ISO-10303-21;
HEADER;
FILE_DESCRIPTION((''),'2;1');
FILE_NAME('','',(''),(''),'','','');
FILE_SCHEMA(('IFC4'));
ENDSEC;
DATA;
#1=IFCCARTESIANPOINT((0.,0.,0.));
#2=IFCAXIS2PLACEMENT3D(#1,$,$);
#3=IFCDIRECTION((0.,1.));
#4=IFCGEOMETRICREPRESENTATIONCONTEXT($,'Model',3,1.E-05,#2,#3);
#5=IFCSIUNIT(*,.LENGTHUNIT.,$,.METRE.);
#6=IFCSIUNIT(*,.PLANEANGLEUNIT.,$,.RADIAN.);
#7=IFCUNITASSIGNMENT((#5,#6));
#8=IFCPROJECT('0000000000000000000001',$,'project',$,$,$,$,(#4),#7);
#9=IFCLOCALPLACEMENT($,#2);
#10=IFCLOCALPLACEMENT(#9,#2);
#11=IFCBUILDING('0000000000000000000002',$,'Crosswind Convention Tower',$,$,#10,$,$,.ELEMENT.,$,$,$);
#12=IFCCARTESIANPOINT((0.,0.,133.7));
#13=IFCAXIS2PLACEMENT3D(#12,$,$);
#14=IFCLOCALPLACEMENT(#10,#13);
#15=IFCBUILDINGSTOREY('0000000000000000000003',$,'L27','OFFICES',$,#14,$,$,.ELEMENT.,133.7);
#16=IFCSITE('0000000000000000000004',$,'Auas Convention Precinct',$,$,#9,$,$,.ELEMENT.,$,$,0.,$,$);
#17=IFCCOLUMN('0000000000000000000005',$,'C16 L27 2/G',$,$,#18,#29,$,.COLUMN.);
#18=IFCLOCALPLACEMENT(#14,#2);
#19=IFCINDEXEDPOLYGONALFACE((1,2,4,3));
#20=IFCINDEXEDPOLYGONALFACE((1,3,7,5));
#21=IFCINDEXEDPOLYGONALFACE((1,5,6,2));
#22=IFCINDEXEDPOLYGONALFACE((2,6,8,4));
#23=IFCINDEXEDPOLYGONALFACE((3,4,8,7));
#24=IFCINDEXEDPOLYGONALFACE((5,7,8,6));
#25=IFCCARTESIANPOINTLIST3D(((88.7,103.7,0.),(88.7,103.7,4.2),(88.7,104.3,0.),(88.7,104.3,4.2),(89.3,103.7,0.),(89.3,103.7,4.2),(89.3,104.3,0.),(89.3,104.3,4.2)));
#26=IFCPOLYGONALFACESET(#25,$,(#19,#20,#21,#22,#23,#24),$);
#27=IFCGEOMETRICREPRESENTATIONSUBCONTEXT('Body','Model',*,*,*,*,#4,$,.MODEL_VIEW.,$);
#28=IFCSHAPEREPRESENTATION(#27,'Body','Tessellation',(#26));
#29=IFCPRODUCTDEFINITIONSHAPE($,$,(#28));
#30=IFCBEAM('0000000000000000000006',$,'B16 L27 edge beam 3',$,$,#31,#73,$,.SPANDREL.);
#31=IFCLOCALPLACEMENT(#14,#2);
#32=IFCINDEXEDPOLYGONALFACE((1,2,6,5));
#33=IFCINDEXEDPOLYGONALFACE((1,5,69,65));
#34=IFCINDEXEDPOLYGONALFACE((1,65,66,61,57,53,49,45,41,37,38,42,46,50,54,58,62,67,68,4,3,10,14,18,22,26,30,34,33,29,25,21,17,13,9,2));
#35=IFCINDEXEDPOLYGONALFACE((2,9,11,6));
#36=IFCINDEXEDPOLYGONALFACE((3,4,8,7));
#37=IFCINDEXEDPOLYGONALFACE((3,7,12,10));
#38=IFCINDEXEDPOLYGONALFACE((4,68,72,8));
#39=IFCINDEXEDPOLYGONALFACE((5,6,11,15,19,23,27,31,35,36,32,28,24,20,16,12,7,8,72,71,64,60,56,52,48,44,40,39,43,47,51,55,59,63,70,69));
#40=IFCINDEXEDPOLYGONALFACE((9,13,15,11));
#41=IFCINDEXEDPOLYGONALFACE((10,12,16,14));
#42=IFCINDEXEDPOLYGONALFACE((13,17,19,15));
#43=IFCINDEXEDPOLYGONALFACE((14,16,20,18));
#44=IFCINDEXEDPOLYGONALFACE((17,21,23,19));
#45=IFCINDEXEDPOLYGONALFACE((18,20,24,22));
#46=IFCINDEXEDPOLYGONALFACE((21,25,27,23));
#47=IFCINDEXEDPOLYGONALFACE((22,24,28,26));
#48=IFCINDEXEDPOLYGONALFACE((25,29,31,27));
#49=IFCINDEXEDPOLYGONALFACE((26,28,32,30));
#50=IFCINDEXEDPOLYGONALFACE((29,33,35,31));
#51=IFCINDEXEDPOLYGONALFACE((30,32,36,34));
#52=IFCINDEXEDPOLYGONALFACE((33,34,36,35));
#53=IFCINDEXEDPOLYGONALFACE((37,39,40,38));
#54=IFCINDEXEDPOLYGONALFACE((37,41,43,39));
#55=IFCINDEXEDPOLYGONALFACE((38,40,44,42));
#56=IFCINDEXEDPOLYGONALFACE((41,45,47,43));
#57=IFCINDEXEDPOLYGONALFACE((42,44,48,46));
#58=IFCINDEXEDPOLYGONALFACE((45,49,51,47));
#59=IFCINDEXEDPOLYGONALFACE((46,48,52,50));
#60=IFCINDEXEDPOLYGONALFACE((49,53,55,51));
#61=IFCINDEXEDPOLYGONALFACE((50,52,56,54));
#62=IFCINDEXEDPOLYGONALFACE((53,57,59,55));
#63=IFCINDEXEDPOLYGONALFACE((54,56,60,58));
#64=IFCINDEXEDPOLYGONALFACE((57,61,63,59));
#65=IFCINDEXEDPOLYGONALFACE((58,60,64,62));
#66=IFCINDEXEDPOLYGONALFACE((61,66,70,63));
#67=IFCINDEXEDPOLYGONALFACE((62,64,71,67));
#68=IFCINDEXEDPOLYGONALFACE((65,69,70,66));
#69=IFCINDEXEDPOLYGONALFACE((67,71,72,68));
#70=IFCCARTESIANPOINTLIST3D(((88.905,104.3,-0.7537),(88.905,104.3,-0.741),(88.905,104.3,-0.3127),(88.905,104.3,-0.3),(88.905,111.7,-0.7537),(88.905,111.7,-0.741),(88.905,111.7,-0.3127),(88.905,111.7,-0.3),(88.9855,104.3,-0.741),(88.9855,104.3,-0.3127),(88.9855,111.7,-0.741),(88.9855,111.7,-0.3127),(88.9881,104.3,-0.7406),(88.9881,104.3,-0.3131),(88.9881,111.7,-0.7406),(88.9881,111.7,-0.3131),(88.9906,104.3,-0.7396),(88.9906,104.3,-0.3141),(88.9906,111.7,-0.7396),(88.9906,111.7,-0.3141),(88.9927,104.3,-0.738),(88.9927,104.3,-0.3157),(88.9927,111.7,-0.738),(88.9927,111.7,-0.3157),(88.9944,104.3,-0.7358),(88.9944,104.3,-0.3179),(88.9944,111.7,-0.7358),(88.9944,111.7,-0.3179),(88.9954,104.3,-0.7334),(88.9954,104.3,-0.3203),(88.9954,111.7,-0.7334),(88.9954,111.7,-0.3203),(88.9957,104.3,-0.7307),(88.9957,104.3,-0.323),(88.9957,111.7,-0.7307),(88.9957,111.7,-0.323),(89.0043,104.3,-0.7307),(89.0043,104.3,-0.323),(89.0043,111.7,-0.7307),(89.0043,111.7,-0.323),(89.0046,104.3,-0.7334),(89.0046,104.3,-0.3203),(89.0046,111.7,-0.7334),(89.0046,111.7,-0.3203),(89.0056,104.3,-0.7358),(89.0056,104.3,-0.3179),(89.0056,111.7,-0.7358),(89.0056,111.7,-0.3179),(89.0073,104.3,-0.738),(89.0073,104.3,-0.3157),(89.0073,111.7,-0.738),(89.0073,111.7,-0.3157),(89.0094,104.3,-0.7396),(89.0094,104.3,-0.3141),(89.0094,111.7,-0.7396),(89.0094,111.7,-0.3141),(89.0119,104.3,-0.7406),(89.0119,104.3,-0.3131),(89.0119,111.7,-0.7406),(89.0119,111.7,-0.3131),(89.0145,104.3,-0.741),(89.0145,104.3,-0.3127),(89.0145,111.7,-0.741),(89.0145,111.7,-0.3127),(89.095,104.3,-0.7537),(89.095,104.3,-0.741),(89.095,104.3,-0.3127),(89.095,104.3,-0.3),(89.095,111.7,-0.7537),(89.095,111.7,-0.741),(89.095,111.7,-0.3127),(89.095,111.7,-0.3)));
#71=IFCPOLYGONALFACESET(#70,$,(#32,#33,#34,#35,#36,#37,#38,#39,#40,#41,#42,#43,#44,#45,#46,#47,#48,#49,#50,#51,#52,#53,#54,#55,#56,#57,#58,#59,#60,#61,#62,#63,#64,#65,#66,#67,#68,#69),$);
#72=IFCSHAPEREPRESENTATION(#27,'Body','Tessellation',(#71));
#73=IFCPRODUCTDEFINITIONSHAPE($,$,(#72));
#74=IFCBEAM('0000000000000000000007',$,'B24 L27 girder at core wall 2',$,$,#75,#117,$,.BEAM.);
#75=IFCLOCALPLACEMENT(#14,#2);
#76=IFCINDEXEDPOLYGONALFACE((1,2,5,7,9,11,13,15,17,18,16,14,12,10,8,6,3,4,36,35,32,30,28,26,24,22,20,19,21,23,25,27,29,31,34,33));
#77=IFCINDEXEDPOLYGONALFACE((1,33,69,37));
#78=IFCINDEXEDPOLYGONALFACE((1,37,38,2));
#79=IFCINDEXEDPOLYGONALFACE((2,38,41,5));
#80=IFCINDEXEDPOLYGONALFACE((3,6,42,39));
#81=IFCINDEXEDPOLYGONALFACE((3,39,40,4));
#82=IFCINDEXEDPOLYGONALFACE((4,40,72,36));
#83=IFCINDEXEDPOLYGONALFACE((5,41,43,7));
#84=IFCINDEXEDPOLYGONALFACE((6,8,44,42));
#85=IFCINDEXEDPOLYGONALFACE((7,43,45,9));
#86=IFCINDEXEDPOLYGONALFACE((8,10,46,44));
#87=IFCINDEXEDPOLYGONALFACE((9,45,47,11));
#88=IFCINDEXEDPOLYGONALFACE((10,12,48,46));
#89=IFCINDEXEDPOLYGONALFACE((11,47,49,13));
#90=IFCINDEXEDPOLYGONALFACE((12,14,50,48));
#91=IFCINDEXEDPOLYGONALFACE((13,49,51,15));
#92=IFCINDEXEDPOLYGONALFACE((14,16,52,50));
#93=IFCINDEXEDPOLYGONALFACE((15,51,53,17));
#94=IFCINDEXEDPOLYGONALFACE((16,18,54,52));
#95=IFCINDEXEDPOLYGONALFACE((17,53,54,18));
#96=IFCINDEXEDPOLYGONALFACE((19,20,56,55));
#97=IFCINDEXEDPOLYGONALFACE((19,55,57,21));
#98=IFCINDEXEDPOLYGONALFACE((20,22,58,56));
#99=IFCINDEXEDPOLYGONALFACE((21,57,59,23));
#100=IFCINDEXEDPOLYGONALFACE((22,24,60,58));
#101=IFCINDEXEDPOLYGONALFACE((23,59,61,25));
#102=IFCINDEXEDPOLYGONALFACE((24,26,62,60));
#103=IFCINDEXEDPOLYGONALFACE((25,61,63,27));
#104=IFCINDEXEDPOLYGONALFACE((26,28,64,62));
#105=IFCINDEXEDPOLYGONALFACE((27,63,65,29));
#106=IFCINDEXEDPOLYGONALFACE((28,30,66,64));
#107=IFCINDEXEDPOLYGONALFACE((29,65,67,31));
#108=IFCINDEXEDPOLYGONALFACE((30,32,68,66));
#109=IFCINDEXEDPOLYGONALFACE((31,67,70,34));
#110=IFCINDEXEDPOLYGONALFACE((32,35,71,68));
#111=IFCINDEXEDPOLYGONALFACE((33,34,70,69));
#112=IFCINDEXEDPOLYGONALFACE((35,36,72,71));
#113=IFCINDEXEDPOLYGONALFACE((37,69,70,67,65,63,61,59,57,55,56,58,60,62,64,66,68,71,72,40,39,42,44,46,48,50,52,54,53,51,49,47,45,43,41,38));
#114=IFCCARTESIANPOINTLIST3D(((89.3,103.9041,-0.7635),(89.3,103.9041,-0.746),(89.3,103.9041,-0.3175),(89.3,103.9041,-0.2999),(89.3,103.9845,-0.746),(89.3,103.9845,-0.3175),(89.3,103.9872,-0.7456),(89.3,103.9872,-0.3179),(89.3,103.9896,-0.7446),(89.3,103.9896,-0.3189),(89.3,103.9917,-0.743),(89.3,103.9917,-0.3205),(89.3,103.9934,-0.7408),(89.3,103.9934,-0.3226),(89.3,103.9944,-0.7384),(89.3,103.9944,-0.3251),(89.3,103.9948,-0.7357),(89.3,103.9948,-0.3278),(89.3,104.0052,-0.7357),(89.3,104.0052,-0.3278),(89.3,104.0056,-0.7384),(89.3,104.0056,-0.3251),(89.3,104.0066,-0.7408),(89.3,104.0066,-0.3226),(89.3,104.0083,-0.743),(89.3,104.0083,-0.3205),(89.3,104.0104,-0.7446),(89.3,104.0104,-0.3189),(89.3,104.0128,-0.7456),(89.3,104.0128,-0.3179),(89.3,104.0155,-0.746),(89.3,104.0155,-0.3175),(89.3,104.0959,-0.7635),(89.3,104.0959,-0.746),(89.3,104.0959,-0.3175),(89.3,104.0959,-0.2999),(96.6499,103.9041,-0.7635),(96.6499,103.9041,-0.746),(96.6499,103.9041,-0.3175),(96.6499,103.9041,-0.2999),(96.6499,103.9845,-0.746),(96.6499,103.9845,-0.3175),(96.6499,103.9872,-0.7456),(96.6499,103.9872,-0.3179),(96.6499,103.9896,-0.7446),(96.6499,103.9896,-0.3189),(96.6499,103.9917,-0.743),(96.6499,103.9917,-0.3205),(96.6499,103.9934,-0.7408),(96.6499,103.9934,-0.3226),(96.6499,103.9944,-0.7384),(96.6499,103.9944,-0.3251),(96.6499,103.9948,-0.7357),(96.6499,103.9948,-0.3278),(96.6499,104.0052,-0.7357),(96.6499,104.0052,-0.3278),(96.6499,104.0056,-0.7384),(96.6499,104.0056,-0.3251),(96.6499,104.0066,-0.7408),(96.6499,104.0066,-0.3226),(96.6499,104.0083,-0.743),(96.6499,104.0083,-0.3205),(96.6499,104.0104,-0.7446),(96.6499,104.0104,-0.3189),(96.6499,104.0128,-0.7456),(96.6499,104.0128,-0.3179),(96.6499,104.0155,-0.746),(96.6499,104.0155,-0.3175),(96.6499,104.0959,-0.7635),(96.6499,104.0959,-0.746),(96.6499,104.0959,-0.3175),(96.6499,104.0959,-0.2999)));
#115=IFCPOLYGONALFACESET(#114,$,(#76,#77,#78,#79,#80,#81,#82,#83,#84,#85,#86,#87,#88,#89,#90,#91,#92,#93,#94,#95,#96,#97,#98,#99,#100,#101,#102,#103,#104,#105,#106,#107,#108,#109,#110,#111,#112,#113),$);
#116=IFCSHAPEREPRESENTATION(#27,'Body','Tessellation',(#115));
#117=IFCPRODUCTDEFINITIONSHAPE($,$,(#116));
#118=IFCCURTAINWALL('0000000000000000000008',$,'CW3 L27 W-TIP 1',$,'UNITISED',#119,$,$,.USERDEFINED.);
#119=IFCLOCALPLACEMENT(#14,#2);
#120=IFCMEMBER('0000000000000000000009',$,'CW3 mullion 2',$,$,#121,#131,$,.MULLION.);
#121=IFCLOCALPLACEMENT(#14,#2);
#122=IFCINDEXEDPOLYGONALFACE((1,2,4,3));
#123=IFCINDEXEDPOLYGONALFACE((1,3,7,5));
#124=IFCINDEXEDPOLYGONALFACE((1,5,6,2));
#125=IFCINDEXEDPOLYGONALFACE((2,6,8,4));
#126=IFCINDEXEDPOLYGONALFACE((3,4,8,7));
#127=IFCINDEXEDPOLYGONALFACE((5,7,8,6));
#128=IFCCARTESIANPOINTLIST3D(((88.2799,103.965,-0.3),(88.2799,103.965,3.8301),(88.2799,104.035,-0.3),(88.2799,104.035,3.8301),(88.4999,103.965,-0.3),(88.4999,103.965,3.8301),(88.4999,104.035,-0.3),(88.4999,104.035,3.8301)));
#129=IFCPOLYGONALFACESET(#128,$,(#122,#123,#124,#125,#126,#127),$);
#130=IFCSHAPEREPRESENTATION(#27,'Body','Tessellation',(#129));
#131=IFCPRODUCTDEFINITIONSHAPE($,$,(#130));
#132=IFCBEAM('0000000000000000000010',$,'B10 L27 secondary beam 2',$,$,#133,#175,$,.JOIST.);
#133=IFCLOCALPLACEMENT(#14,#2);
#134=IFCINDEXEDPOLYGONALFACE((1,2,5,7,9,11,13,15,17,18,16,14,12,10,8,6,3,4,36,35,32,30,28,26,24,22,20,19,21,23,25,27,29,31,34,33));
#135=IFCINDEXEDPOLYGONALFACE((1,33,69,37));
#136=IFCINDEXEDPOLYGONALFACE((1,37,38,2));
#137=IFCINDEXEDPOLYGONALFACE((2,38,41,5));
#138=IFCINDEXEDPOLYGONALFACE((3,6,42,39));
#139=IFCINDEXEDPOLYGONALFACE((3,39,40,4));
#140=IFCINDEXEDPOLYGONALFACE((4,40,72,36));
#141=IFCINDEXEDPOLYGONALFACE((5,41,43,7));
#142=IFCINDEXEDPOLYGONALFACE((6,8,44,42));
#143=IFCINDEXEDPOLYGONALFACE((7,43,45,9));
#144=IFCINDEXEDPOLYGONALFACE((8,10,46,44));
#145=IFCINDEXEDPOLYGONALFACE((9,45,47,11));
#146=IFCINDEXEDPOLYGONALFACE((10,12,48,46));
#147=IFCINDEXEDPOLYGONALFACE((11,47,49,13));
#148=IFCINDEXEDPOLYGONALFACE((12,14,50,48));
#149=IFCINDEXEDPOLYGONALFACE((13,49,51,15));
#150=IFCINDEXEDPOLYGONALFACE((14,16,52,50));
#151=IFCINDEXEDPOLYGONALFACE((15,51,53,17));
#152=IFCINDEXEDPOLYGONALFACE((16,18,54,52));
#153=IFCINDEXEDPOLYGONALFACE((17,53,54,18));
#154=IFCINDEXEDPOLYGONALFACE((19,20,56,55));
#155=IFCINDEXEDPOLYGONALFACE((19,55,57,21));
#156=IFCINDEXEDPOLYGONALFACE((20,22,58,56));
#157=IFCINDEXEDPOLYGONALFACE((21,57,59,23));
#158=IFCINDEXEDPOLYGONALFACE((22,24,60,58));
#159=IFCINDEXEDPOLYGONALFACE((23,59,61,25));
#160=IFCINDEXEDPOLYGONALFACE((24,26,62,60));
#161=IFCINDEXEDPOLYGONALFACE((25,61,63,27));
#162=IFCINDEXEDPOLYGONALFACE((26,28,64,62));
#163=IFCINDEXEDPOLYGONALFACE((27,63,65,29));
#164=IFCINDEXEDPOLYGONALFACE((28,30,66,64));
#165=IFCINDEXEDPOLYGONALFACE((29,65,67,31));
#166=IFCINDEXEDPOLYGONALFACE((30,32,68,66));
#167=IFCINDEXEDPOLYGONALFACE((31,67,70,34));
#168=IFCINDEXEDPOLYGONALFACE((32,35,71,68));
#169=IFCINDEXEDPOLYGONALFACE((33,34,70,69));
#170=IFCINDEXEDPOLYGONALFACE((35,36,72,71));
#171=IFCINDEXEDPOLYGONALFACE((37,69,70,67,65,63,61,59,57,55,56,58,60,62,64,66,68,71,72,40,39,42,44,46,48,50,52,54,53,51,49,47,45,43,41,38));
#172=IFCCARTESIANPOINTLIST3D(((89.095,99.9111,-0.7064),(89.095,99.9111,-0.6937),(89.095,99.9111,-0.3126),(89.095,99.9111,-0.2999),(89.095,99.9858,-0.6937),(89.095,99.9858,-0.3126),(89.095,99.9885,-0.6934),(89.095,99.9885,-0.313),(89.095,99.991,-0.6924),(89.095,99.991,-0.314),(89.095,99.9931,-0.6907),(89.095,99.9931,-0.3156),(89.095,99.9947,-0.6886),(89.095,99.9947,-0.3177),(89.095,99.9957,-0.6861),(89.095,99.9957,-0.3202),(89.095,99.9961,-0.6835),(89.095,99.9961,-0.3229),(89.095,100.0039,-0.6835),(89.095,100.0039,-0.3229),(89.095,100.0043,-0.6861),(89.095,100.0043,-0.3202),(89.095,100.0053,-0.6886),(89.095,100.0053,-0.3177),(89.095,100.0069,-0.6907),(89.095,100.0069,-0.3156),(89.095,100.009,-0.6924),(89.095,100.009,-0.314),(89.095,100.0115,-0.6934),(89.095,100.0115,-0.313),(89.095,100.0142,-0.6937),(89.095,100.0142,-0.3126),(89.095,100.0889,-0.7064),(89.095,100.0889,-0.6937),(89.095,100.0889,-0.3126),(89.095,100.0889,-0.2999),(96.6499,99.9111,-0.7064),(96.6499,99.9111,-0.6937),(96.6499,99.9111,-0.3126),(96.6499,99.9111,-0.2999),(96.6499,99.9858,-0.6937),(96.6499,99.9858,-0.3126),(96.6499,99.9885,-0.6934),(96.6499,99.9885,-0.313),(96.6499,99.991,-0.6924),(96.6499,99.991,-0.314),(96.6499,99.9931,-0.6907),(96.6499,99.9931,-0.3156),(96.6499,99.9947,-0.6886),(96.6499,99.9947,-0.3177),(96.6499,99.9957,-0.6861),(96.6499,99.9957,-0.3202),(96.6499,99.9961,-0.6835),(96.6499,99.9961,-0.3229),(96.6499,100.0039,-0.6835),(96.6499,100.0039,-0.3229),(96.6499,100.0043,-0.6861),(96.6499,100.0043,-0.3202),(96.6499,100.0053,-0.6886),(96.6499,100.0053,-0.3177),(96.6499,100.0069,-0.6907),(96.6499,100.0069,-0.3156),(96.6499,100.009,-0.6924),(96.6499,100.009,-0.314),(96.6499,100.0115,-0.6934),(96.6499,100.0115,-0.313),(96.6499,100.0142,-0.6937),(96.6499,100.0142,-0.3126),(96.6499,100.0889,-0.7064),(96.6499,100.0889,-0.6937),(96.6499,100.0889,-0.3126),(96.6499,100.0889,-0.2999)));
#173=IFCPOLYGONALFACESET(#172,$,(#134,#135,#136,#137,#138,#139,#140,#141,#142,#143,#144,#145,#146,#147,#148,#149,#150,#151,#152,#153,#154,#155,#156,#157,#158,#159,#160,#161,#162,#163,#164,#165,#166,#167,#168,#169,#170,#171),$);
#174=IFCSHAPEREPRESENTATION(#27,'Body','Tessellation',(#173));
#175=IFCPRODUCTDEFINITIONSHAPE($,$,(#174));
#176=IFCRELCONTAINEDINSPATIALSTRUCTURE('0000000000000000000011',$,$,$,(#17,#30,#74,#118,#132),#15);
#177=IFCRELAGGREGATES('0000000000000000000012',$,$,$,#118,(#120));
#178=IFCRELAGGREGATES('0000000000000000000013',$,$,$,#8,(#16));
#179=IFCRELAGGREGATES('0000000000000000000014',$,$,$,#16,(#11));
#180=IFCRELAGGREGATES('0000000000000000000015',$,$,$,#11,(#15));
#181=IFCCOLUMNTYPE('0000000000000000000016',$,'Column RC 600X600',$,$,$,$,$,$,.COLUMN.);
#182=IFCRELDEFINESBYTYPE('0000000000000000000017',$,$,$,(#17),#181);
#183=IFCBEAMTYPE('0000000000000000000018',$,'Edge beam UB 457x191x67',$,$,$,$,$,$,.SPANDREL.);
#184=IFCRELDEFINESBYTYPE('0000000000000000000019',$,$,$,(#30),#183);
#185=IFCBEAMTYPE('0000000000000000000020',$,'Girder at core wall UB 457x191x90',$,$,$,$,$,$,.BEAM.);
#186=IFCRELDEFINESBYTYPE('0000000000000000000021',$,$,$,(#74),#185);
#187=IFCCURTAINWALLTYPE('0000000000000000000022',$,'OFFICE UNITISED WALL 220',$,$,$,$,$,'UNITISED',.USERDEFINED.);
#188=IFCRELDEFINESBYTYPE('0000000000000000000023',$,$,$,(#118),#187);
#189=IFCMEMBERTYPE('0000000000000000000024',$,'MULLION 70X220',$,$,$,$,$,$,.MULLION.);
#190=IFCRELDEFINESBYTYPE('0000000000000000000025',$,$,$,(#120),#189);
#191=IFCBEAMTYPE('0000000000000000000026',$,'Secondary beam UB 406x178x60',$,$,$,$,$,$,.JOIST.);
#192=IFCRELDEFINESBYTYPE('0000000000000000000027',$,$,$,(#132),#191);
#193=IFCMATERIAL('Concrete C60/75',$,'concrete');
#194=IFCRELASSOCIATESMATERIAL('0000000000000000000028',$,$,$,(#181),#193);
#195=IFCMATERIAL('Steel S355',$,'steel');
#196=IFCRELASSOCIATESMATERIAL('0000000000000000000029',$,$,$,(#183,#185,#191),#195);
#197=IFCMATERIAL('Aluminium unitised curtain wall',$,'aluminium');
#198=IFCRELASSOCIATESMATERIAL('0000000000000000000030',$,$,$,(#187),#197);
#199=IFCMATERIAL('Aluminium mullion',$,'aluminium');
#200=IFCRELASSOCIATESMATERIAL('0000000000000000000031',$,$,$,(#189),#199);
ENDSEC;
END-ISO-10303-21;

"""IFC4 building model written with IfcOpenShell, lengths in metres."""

from ifc_helpers import new_model, si_unit, direction, frame, origin, origin_2d, place, context, subcontext, project, spatial, rectangle, i_section, extrude, material, material_profile, profile_set, type_object, element, aggregate, save


model = new_model("IFC4")

# Units and contexts
model_context = context("Model", 3, precision=1e-05, world=origin(), true_north=direction((0.0, 1.0)))
body_context = subcontext(model_context, "Body", "Model", "MODEL_VIEW")
ifc_project = project(units=[si_unit("LENGTHUNIT", "METRE"), si_unit("PLANEANGLEUNIT", "RADIAN")], contexts=[model_context])

# Site, building, storey
site_placement = place(None, origin())
site = spatial("IfcSite", under=ifc_project, at=site_placement, Name="Auas Convention Precinct", CompositionType="ELEMENT", RefElevation=0.0)
building_placement = place(site_placement, origin())
building = spatial("IfcBuilding", under=site, at=building_placement, Name="Crosswind Convention Tower", CompositionType="ELEMENT")
storey_placement = place(building_placement, frame((0.0, 0.0, 133.7)))
storey = spatial("IfcBuildingStorey", under=building, at=storey_placement, Name="L27", Description="OFFICES", CompositionType="ELEMENT", Elevation=133.7)

# Column
ifc_material_1 = material(Name="Concrete C60/75", Category="concrete")
ifc_material_profile_1 = material_profile(ifc_material_1, rectangle(XDim=0.6001, YDim=0.6001, at=origin_2d()), Name="RC 600X600")
ifc_profile_set_1 = profile_set([ifc_material_profile_1], Name="Concrete C60/75")
column_type = type_object("IfcColumnType", Name="Column RC 600X600", PredefinedType="COLUMN", material=ifc_profile_set_1)
column_placement = place(storey_placement, frame((89.0, 104.0, 0.0), z_axis=(0.0, 0.0, 1.0), x_axis=(1.0, 0.0, 0.0)))
element("IfcColumn", 1, at=column_placement, inside=storey, type_object=column_type, Name="C16 L27 2/G", PredefinedType="COLUMN", context=body_context, shape_type="SweptSolid", body=[
    extrude(rectangle(XDim=0.6001, YDim=0.6001, at=origin_2d()), origin(), (0.0, 0.0, 1.0), 4.2),
])

# Beams
ifc_material_2 = material(Name="Steel S355", Category="steel")
ifc_material_profile_2 = material_profile(ifc_material_2, i_section(OverallWidth=0.1899, OverallDepth=0.4536, WebThickness=0.0085, FlangeThickness=0.0127, FilletRadius=0.0103, at=origin_2d()), Name="UB 457x191x67")
ifc_profile_set_2 = profile_set([ifc_material_profile_2], Name="Steel S355")
beam_type_1 = type_object("IfcBeamType", Name="Edge beam UB 457x191x67", PredefinedType="SPANDREL", material=ifc_profile_set_2)
beam_1_placement = place(storey_placement, frame((89.0, 104.3, -0.5269), z_axis=(0.0, 1.0, 0.0), x_axis=(-1.0, 0.0, 0.0)))
element("IfcBeam", 2, at=beam_1_placement, inside=storey, type_object=beam_type_1, Name="B16 L27 edge beam 3", PredefinedType="SPANDREL", context=body_context, shape_type="SweptSolid", body=[
    extrude(i_section(OverallWidth=0.1899, OverallDepth=0.4536, WebThickness=0.0085, FlangeThickness=0.0127, FilletRadius=0.0103, at=origin_2d()), origin(), (0.0, 0.0, 1.0), 7.3999),
])
ifc_material_profile_3 = material_profile(ifc_material_2, i_section(OverallWidth=0.1919, OverallDepth=0.4636, WebThickness=0.0105, FlangeThickness=0.0176, FilletRadius=0.0103, at=origin_2d()), Name="UB 457x191x90")
ifc_profile_set_3 = profile_set([ifc_material_profile_3], Name="Steel S355")
beam_type_2 = type_object("IfcBeamType", Name="Girder at core wall UB 457x191x90", PredefinedType="BEAM", material=ifc_profile_set_3)
beam_2_placement = place(storey_placement, frame((89.3, 104.0, -0.5317), z_axis=(1.0, 0.0, 0.0), x_axis=(0.0, 1.0, 0.0)))
element("IfcBeam", 3, at=beam_2_placement, inside=storey, type_object=beam_type_2, Name="B24 L27 girder at core wall 2", PredefinedType="BEAM", context=body_context, shape_type="SweptSolid", body=[
    extrude(i_section(OverallWidth=0.1919, OverallDepth=0.4636, WebThickness=0.0105, FlangeThickness=0.0176, FilletRadius=0.0103, at=origin_2d()), origin(), (0.0, 0.0, 1.0), 7.3499),
])

# Curtain wall, member
ifc_material_3 = material(Name="Aluminium unitised curtain wall", Category="aluminium")
curtain_wall_type = type_object("IfcCurtainWallType", Name="OFFICE UNITISED WALL 220", ElementType="UNITISED", PredefinedType="USERDEFINED", material=ifc_material_3)
curtain_wall_placement = place(storey_placement, origin())
curtain_wall = element("IfcCurtainWall", 4, at=curtain_wall_placement, inside=storey, type_object=curtain_wall_type, Name="CW3 L27 W-TIP 1", ObjectType="UNITISED", PredefinedType="USERDEFINED")
ifc_material_4 = material(Name="Aluminium mullion", Category="aluminium")
ifc_material_profile_4 = material_profile(ifc_material_4, rectangle(XDim=0.22, YDim=0.0701, at=origin_2d()), Name="AL 220X70")
ifc_profile_set_4 = profile_set([ifc_material_profile_4], Name="Aluminium mullion")
member_type = type_object("IfcMemberType", Name="MULLION 70X220", PredefinedType="MULLION", material=ifc_profile_set_4)
member_placement = place(storey_placement, frame((88.3899, 104.0, -0.3), z_axis=(0.0, 0.0, 1.0), x_axis=(-1.0, 0.0, 0.0)))
member = element("IfcMember", 5, at=member_placement, type_object=member_type, Name="CW3 mullion 2", PredefinedType="MULLION", context=body_context, shape_type="SweptSolid", body=[
    extrude(rectangle(XDim=0.22, YDim=0.0701, at=origin_2d()), origin(), (0.0, 0.0, 1.0), 4.1301),
])

# Beam
ifc_material_profile_5 = material_profile(ifc_material_2, i_section(OverallWidth=0.1777, OverallDepth=0.4065, WebThickness=0.0078, FlangeThickness=0.0127, FilletRadius=0.0103, at=origin_2d()), Name="UB 406x178x60")
ifc_profile_set_5 = profile_set([ifc_material_profile_5], Name="Steel S355")
beam_type_3 = type_object("IfcBeamType", Name="Secondary beam UB 406x178x60", PredefinedType="JOIST", material=ifc_profile_set_5)
for number, where, z_axis, x_axis, name in (
    (6, (89.095, 100.0, -0.5032), (1.0, 0.0, 0.0), (0.0, 1.0, 0.0), "B10 L27 secondary beam 2"),
):
    element("IfcBeam", number, at=place(storey_placement, frame(where, z_axis=z_axis, x_axis=x_axis)), inside=storey, type_object=beam_type_3, Name=name, PredefinedType="JOIST", context=body_context, shape_type="SweptSolid", body=[
        extrude(i_section(OverallWidth=0.1777, OverallDepth=0.4065, WebThickness=0.0078, FlangeThickness=0.0127, FilletRadius=0.0103, at=origin_2d()), origin(), (0.0, 0.0, 1.0), 7.5549),
    ])

aggregate(curtain_wall, [member])

save(model, "model.ifc")
